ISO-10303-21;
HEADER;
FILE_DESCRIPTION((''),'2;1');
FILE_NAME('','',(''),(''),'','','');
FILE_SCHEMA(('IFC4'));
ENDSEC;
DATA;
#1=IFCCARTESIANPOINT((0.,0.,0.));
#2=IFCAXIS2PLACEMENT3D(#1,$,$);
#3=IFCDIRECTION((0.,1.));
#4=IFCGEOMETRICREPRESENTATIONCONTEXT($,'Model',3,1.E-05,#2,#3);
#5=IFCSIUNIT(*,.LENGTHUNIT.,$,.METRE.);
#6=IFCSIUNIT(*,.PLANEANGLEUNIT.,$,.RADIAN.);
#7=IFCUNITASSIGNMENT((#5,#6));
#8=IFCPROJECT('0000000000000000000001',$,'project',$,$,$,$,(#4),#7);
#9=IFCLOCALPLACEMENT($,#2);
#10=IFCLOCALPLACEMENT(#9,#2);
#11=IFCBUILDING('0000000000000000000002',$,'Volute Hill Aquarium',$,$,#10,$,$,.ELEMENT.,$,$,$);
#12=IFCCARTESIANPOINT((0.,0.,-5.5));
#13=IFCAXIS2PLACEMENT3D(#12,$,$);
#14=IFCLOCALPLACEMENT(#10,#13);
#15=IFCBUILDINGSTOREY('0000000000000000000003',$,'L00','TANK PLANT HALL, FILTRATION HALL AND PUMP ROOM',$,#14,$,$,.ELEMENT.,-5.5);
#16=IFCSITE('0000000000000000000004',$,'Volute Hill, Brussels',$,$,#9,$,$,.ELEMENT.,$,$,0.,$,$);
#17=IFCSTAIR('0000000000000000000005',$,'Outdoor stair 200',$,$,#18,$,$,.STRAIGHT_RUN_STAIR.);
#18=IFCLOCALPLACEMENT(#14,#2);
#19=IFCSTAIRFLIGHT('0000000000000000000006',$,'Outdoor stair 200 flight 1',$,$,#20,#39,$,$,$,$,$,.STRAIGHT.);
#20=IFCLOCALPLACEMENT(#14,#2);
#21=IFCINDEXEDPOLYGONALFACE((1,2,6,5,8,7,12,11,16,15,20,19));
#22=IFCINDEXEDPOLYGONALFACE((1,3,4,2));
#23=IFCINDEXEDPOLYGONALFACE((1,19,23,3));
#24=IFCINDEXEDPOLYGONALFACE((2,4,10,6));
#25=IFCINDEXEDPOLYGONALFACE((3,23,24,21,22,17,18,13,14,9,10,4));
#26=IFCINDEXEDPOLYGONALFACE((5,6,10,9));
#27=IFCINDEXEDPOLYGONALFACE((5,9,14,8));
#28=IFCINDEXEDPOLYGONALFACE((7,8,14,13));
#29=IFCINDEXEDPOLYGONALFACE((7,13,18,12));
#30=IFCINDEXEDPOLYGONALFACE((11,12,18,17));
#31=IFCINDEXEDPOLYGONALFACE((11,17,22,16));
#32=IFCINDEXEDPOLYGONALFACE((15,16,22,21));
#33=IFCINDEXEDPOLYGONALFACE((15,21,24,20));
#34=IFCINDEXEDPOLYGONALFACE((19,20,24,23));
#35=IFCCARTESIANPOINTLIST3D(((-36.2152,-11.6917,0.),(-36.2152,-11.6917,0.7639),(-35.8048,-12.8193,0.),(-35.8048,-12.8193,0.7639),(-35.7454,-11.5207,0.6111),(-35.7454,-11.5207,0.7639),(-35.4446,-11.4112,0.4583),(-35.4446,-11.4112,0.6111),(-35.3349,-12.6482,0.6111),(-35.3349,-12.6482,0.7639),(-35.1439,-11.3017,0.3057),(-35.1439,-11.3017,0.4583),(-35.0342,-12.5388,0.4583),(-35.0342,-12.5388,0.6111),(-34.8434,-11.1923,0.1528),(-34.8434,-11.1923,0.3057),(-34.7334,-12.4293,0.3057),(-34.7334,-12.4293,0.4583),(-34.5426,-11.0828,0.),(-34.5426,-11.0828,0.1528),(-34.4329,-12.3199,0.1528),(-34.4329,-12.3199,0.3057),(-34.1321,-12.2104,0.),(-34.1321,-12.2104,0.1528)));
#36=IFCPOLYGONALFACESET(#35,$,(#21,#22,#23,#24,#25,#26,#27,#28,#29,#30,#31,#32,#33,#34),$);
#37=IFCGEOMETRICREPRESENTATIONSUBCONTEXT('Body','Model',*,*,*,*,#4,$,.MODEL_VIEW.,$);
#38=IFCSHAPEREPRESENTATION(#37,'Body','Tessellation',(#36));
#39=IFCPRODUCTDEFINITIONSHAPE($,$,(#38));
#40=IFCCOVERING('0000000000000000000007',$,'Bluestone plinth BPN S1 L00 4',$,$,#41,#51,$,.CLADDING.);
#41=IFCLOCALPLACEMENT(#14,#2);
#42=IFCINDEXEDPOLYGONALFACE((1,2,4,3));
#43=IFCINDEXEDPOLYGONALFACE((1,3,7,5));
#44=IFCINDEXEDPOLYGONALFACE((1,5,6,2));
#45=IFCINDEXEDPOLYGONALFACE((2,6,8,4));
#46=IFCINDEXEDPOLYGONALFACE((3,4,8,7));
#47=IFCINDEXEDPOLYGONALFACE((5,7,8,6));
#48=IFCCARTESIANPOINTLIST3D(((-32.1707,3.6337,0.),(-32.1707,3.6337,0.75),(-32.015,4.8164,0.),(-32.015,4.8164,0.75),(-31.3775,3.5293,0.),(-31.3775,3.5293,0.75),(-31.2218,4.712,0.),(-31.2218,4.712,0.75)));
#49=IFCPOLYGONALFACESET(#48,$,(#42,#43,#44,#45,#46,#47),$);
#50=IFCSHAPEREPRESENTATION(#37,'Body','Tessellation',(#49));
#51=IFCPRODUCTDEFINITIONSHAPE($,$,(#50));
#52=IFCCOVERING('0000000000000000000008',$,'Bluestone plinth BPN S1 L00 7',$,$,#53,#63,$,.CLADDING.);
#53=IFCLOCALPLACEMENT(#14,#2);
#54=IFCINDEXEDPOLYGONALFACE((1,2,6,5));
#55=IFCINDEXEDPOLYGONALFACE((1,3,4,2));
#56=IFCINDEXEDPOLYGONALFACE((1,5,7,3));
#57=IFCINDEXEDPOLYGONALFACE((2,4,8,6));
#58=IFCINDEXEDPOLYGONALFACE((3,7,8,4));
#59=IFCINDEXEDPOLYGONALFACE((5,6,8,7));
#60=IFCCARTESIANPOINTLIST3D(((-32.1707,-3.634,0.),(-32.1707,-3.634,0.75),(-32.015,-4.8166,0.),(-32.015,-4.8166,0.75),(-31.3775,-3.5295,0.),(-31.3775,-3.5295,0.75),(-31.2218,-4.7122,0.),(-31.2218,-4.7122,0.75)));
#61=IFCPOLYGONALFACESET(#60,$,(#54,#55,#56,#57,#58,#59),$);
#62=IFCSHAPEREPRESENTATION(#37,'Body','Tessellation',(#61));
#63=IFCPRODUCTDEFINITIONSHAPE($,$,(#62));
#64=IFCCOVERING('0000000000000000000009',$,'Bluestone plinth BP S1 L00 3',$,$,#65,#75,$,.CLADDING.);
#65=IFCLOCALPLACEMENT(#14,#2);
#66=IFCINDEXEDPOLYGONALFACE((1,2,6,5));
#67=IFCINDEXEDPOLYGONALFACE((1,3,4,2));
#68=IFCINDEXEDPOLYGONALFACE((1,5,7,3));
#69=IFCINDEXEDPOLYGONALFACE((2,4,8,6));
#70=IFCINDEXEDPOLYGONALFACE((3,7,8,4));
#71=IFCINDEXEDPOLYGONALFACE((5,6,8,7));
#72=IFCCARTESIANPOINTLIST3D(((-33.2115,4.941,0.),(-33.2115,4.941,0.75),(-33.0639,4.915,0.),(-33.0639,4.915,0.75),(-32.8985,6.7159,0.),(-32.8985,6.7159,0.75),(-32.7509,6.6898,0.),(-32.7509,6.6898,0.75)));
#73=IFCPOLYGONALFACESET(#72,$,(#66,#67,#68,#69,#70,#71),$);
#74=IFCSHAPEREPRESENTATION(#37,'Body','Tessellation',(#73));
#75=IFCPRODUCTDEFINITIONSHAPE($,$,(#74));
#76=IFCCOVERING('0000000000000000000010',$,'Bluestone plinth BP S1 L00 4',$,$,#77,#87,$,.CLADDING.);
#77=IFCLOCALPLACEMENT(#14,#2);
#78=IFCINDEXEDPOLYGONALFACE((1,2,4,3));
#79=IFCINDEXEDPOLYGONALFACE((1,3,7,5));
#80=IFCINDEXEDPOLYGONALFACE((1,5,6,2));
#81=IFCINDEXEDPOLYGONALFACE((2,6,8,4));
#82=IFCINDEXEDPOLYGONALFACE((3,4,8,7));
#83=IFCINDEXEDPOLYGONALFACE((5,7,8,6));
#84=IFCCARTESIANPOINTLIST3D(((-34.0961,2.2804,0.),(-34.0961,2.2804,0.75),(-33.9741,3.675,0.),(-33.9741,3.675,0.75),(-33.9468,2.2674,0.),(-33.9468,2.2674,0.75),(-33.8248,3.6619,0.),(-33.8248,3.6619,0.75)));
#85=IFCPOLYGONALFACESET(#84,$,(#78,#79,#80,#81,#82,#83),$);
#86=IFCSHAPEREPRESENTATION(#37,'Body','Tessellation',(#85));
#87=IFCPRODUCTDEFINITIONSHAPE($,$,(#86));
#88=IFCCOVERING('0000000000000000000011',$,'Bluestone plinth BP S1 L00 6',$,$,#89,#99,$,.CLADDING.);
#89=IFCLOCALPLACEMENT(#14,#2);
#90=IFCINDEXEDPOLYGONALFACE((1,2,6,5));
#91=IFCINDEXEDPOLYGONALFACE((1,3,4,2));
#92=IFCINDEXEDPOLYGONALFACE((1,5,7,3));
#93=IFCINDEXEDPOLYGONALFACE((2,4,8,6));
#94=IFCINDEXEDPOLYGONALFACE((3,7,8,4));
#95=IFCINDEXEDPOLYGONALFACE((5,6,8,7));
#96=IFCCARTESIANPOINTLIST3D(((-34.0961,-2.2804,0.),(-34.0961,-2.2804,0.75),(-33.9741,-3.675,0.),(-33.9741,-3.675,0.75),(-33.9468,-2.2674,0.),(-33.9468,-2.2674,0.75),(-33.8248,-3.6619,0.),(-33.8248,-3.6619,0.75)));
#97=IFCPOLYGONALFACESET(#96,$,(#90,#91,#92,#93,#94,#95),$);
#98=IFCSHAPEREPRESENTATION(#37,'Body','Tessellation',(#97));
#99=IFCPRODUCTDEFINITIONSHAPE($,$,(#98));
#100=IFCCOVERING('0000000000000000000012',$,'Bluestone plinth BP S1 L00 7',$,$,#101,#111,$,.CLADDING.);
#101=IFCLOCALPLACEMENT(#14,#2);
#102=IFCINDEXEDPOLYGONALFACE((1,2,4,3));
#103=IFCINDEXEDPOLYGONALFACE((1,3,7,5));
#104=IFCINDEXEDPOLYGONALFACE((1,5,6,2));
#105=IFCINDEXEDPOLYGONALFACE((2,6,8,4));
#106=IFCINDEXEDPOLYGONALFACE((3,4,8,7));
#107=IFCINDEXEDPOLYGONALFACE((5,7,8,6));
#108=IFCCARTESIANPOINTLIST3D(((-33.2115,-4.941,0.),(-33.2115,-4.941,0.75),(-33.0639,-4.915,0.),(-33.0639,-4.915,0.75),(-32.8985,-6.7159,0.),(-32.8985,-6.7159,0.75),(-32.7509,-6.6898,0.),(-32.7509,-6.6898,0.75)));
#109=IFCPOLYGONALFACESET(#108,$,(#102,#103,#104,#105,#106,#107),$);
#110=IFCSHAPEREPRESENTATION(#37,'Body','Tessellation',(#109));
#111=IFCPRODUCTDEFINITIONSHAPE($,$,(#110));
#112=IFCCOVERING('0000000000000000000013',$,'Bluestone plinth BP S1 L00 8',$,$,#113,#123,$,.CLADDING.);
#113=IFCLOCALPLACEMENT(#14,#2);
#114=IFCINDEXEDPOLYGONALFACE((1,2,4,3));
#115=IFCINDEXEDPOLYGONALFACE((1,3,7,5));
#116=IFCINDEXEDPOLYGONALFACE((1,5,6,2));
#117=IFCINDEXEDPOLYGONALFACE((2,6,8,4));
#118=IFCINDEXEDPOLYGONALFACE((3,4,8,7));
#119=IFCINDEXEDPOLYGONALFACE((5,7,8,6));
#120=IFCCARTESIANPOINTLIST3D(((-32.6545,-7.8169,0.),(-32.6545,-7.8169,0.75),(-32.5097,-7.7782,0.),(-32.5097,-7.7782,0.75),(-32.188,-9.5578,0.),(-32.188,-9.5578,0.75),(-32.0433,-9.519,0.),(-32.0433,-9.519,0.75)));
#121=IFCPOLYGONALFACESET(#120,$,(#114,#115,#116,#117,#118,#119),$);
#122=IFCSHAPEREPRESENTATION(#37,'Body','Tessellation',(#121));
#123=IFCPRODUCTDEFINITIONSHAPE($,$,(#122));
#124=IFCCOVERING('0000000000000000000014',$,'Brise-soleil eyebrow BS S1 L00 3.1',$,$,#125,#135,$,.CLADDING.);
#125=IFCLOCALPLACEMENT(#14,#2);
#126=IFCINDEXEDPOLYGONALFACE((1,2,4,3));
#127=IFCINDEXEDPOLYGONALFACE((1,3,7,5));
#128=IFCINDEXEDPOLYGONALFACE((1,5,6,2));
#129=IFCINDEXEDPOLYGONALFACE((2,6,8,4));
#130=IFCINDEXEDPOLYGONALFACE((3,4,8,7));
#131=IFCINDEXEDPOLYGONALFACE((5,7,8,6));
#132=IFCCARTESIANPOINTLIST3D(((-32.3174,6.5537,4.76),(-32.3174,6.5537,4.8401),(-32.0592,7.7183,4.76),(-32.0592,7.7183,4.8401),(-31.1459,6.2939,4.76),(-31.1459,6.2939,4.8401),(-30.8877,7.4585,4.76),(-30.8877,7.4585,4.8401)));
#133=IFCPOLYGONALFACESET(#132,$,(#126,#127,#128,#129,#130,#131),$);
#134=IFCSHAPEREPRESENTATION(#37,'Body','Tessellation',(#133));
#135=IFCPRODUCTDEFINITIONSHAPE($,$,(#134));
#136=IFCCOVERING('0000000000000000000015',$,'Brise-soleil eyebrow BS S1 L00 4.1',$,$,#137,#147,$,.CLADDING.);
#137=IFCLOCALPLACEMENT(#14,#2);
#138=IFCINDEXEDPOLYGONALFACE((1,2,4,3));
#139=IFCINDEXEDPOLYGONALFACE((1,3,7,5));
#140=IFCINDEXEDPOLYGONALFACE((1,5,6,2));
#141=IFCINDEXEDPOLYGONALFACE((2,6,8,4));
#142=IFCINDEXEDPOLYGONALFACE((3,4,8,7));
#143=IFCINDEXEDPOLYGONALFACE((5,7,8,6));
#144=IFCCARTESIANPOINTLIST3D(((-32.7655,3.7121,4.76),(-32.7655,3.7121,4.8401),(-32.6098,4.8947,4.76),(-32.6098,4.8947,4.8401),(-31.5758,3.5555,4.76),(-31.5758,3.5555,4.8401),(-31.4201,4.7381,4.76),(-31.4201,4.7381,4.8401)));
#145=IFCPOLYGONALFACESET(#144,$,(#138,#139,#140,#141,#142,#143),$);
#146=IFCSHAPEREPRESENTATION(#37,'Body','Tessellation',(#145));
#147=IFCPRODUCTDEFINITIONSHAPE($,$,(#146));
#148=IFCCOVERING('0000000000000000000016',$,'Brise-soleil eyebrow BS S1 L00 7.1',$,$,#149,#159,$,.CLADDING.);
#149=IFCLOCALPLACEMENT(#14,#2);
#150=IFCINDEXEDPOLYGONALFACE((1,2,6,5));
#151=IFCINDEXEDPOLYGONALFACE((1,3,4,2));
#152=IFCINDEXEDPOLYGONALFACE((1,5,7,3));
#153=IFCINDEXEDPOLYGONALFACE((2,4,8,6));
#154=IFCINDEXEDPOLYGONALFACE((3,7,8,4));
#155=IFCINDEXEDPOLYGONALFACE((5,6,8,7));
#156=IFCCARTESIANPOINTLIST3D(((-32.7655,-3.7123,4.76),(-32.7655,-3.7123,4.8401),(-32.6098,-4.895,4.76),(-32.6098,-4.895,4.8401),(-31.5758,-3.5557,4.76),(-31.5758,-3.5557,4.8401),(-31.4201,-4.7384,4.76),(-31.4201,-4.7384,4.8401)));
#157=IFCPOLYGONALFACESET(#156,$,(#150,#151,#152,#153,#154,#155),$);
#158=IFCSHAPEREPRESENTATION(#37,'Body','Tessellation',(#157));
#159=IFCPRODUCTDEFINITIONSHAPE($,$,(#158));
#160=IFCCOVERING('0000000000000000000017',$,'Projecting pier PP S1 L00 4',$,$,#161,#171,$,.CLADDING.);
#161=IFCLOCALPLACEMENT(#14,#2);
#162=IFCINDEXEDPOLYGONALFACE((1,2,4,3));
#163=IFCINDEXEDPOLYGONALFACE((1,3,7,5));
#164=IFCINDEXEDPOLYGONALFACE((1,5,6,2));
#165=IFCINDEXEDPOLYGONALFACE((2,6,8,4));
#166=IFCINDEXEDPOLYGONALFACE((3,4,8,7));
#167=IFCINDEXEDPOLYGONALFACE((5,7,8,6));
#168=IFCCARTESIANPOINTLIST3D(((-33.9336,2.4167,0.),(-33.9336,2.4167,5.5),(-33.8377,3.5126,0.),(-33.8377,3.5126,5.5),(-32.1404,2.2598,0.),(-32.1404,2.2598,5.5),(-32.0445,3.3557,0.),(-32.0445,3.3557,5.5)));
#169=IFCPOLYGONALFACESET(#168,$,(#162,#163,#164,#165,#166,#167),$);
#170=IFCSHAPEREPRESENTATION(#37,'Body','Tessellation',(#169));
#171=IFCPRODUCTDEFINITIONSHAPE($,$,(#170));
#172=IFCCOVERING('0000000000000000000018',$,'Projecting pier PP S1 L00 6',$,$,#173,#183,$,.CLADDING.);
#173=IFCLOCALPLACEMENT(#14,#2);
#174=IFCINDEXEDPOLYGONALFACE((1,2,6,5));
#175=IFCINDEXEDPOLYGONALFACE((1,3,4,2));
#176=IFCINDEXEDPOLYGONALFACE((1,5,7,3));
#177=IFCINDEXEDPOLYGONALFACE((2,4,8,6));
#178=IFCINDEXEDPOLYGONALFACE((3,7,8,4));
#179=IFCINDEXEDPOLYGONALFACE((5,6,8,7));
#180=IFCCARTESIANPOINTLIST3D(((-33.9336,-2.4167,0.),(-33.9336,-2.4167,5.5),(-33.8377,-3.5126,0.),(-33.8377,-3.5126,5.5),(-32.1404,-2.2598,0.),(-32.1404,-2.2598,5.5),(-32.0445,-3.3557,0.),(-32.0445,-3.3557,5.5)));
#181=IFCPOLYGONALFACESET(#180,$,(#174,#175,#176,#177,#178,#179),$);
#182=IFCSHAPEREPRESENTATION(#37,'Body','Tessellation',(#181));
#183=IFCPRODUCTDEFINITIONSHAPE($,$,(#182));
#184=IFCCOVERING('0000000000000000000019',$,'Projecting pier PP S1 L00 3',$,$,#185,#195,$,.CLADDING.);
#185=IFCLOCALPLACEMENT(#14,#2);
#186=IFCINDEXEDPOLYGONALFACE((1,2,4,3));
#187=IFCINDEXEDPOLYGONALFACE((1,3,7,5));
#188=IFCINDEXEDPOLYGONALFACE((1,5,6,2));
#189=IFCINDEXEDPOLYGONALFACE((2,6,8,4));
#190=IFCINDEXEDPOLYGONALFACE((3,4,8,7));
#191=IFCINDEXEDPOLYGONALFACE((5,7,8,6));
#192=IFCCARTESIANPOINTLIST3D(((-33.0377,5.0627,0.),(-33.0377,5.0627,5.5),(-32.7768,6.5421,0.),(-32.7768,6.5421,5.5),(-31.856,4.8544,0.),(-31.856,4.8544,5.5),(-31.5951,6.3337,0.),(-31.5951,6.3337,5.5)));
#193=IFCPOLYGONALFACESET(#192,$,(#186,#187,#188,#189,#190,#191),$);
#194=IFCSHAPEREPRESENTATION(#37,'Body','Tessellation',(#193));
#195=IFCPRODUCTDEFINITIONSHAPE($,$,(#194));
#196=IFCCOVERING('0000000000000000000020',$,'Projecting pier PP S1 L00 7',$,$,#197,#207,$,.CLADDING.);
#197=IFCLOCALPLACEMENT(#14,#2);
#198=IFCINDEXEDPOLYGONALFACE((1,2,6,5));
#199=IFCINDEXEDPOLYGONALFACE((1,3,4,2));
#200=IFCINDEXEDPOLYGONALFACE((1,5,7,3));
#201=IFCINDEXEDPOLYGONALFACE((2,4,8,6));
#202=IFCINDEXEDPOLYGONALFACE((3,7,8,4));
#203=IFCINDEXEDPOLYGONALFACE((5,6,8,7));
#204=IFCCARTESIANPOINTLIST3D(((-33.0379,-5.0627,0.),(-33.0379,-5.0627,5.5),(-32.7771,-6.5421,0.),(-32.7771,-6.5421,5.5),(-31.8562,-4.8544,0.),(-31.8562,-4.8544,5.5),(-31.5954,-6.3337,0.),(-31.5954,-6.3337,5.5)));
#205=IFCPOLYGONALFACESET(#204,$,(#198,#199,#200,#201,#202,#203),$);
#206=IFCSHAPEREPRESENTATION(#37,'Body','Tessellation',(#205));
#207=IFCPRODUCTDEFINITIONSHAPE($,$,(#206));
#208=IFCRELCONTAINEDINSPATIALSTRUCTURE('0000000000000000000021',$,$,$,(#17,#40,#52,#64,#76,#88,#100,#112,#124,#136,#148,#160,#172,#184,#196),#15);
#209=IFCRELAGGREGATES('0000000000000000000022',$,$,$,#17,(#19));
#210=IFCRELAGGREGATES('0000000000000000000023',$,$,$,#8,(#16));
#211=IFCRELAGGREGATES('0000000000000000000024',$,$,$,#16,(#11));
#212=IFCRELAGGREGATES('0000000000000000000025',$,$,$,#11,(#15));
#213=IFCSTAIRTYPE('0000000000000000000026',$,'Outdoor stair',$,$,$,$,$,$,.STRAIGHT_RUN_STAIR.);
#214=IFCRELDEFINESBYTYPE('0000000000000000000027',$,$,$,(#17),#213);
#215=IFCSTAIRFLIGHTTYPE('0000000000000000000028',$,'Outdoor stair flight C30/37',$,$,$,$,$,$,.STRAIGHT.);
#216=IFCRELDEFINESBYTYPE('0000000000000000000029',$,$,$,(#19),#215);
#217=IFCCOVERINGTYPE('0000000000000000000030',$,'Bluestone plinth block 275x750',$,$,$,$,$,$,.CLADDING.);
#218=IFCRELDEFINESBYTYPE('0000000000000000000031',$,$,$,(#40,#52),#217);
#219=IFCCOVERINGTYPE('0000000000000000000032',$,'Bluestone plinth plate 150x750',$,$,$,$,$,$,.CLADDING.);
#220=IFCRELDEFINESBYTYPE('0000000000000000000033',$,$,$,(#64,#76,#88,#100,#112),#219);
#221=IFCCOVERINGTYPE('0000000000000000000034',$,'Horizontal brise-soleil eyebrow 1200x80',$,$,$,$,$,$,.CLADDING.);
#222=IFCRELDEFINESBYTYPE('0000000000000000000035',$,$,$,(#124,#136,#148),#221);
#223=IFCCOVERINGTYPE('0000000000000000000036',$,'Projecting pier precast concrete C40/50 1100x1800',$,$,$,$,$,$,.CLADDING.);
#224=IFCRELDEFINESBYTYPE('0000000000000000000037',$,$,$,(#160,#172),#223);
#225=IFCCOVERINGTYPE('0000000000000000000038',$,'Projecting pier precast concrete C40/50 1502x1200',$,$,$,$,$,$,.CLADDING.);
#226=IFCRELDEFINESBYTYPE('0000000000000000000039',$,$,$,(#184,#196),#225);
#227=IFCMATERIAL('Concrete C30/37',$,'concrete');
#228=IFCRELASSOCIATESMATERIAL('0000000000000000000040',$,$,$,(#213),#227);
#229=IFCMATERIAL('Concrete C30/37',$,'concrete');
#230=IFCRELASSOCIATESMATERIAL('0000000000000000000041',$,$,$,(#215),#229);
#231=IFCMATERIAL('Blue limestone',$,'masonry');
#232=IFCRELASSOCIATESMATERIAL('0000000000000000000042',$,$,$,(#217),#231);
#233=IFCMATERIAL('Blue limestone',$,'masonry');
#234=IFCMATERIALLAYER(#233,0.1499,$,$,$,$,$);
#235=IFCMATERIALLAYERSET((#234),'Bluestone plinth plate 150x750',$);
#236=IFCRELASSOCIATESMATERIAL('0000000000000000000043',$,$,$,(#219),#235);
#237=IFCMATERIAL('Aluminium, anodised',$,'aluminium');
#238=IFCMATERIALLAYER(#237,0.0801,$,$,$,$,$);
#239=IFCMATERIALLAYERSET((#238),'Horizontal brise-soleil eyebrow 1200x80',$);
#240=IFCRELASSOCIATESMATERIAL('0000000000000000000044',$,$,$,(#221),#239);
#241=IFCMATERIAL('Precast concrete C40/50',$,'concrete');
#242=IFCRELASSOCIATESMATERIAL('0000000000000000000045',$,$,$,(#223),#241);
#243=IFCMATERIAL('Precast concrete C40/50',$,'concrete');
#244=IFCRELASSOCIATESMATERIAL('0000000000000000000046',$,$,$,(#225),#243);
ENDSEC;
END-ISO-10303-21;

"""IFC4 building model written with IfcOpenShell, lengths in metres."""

from ifc_helpers import new_model, si_unit, direction, frame, origin, origin_2d, place, context, subcontext, project, spatial, polyline, rectangle, outline, extrude, material, layer, layer_set, type_object, element, aggregate, save


model = new_model("IFC4")

# Units and contexts
model_context = context("Model", 3, precision=1e-05, world=origin(), true_north=direction((0.0, 1.0)))
body_context = subcontext(model_context, "Body", "Model", "MODEL_VIEW")
ifc_project = project(units=[si_unit("LENGTHUNIT", "METRE"), si_unit("PLANEANGLEUNIT", "RADIAN")], contexts=[model_context])

# Site, building, storey
site_placement = place(None, origin())
site = spatial("IfcSite", under=ifc_project, at=site_placement, Name="Volute Hill, Brussels", CompositionType="ELEMENT", RefElevation=0.0)
building_placement = place(site_placement, origin())
building = spatial("IfcBuilding", under=site, at=building_placement, Name="Volute Hill Aquarium", CompositionType="ELEMENT")
storey_placement = place(building_placement, frame((0.0, 0.0, -5.5)))
storey = spatial("IfcBuildingStorey", under=building, at=storey_placement, Name="L00", Description="TANK PLANT HALL, FILTRATION HALL AND PUMP ROOM", CompositionType="ELEMENT", Elevation=-5.5)

# Stair, stair flight
ifc_material_1 = material(Name="Concrete C30/37", Category="concrete")
stair_type = type_object("IfcStairType", Name="Outdoor stair", PredefinedType="STRAIGHT_RUN_STAIR", material=ifc_material_1)
stair_placement = place(storey_placement, origin())
stair = element("IfcStair", 1, at=stair_placement, inside=storey, type_object=stair_type, Name="Outdoor stair 200", PredefinedType="STRAIGHT_RUN_STAIR")
ifc_material_2 = material(Name="Concrete C30/37", Category="concrete")
stair_flight_type = type_object("IfcStairFlightType", Name="Outdoor stair flight C30/37", PredefinedType="STRAIGHT", material=ifc_material_2)
stair_flight_placement = place(storey_placement, frame((-34.3374, -11.6465, 0.0), z_axis=(0.0, 0.0, 1.0), x_axis=(-0.939673, -0.342073, 0.0)))
stair_flight = element("IfcStairFlight", 2, at=stair_flight_placement, type_object=stair_flight_type, Name="Outdoor stair 200 flight 1", PredefinedType="STRAIGHT", context=body_context, shape_type="SweptSolid", body=[
    extrude(outline(polyline([(0.0, 0.0), (1.78, 0.0), (1.78, 0.7639), (1.28, 0.7639), (1.28, 0.6111), (0.96, 0.6111), (0.96, 0.4583), (0.6399, 0.4583), (0.6399, 0.3057), (0.3201, 0.3057), (0.3201, 0.1528), (0.0, 0.1528), (0.0, 0.0), (0.0, 0.0)])), frame((0.0, 0.6001, 0.0), z_axis=(0.0, -1.0, 0.0), x_axis=(1.0, 0.0, 0.0)), (0.0, 0.0, 1.0), 1.2),
])
aggregate(stair, [stair_flight])

# Coverings
ifc_material_3 = material(Name="Blue limestone", Category="masonry")
covering_type_1 = type_object("IfcCoveringType", Name="Bluestone plinth block 275x750", PredefinedType="CLADDING", material=ifc_material_3)
for number, where, z_axis, x_axis, name in (
    (3, (-31.6963, 4.1729, 0.0), (0.0, 0.0, 1.0), (-0.130527, -0.991445, 0.0), "Bluestone plinth BPN S1 L00 4"),
    (4, (-31.6963, -4.1731, 0.0), (0.0, 0.0, 1.0), (0.130527, -0.991445, 0.0), "Bluestone plinth BPN S1 L00 7"),
):
    element("IfcCovering", number, at=place(storey_placement, frame(where, z_axis=z_axis, x_axis=x_axis)), inside=storey, type_object=covering_type_1, Name=name, PredefinedType="CLADDING", context=body_context, shape_type="SweptSolid", body=[
        extrude(rectangle(XDim=1.1929, YDim=0.8, at=origin_2d()), origin(), (0.0, 0.0, 1.0), 0.75),
    ])
ifc_material_4 = material(Name="Blue limestone", Category="masonry")
ifc_layer_1 = layer(ifc_material_4, 0.1499)
ifc_layer_set_1 = layer_set([ifc_layer_1], Name="Bluestone plinth plate 150x750")
covering_type_2 = type_object("IfcCoveringType", Name="Bluestone plinth plate 150x750", PredefinedType="CLADDING", material=ifc_layer_set_1)
covering_1_placement = place(storey_placement, frame((-32.9812, 5.8154, 0.0), z_axis=(0.0, 0.0, 1.0), x_axis=(-0.173648, -0.984808, 0.0)))
element("IfcCovering", 5, at=covering_1_placement, inside=storey, type_object=covering_type_2, Name="Bluestone plinth BP S1 L00 3", PredefinedType="CLADDING", context=body_context, shape_type="SweptSolid", body=[
    extrude(rectangle(XDim=1.8022, YDim=0.1499, at=origin_2d()), origin(), (0.0, 0.0, 1.0), 0.75),
])
for number, where, z_axis, x_axis, name in (
    (6, (-33.9604, 2.9712, 0.0), (0.0, 0.0, 1.0), (-0.087156, -0.996195, 0.0), "Bluestone plinth BP S1 L00 4"),
    (7, (-33.9604, -2.9712, 0.0), (0.0, 0.0, 1.0), (0.087156, -0.996195, 0.0), "Bluestone plinth BP S1 L00 6"),
):
    element("IfcCovering", number, at=place(storey_placement, frame(where, z_axis=z_axis, x_axis=x_axis)), inside=storey, type_object=covering_type_2, Name=name, PredefinedType="CLADDING", context=body_context, shape_type="SweptSolid", body=[
        extrude(rectangle(XDim=1.3999, YDim=0.1499, at=origin_2d()), origin(), (0.0, 0.0, 1.0), 0.75),
    ])
for number, where, z_axis, x_axis, name in (
    (8, (-32.9812, -5.8154, 0.0), (0.0, 0.0, 1.0), (0.173648, -0.984808, 0.0), "Bluestone plinth BP S1 L00 7"),
    (9, (-32.3489, -8.668, 0.0), (0.0, 0.0, 1.0), (0.258819, -0.965926, 0.0), "Bluestone plinth BP S1 L00 8"),
):
    element("IfcCovering", number, at=place(storey_placement, frame(where, z_axis=z_axis, x_axis=x_axis)), inside=storey, type_object=covering_type_2, Name=name, PredefinedType="CLADDING", context=body_context, shape_type="SweptSolid", body=[
        extrude(rectangle(XDim=1.8022, YDim=0.1499, at=origin_2d()), origin(), (0.0, 0.0, 1.0), 0.75),
    ])
ifc_material_5 = material(Name="Aluminium, anodised", Category="aluminium")
ifc_layer_2 = layer(ifc_material_5, 0.0801)
ifc_layer_set_2 = layer_set([ifc_layer_2], Name="Horizontal brise-soleil eyebrow 1200x80")
covering_type_3 = type_object("IfcCoveringType", Name="Horizontal brise-soleil eyebrow 1200x80", PredefinedType="CLADDING", material=ifc_layer_set_2)
for number, where, z_axis, x_axis, name in (
    (10, (-31.6025, 7.0061, 4.76), (0.0, 0.0, 1.0), (-0.216461, -0.976291, 0.0), "Brise-soleil eyebrow BS S1 L00 3.1"),
    (11, (-32.0928, 4.2251, 4.76), (0.0, 0.0, 1.0), (-0.130527, -0.991445, 0.0), "Brise-soleil eyebrow BS S1 L00 4.1"),
    (12, (-32.0928, -4.2253, 4.76), (0.0, 0.0, 1.0), (0.130527, -0.991445, 0.0), "Brise-soleil eyebrow BS S1 L00 7.1"),
):
    element("IfcCovering", number, at=place(storey_placement, frame(where, z_axis=z_axis, x_axis=x_axis)), inside=storey, type_object=covering_type_3, Name=name, PredefinedType="CLADDING", context=body_context, shape_type="SweptSolid", body=[
        extrude(rectangle(XDim=1.1929, YDim=1.2, at=origin_2d()), origin(), (0.0, 0.0, 1.0), 0.0801),
    ])
ifc_material_6 = material(Name="Precast concrete C40/50", Category="concrete")
covering_type_4 = type_object("IfcCoveringType", Name="Projecting pier precast concrete C40/50 1100x1800", PredefinedType="CLADDING", material=ifc_material_6)
for number, where, z_axis, x_axis, name in (
    (13, (-32.989, 2.8862, 0.0), (0.0, 0.0, 1.0), (-0.087156, -0.996195, 0.0), "Projecting pier PP S1 L00 4"),
    (14, (-32.989, -2.8862, 0.0), (0.0, 0.0, 1.0), (0.087156, -0.996195, 0.0), "Projecting pier PP S1 L00 6"),
):
    element("IfcCovering", number, at=place(storey_placement, frame(where, z_axis=z_axis, x_axis=x_axis)), inside=storey, type_object=covering_type_4, Name=name, PredefinedType="CLADDING", context=body_context, shape_type="SweptSolid", body=[
        extrude(rectangle(XDim=1.1001, YDim=1.8, at=origin_2d()), origin(), (0.0, 0.0, 1.0), 5.5),
    ])
ifc_material_7 = material(Name="Precast concrete C40/50", Category="concrete")
covering_type_5 = type_object("IfcCoveringType", Name="Projecting pier precast concrete C40/50 1502x1200", PredefinedType="CLADDING", material=ifc_material_7)
for number, where, z_axis, x_axis, name in (
    (15, (-32.3164, 5.6982, 0.0), (0.0, 0.0, 1.0), (-0.173648, -0.984808, 0.0), "Projecting pier PP S1 L00 3"),
    (16, (-32.3167, -5.6982, 0.0), (0.0, 0.0, 1.0), (0.173648, -0.984808, 0.0), "Projecting pier PP S1 L00 7"),
):
    element("IfcCovering", number, at=place(storey_placement, frame(where, z_axis=z_axis, x_axis=x_axis)), inside=storey, type_object=covering_type_5, Name=name, PredefinedType="CLADDING", context=body_context, shape_type="SweptSolid", body=[
        extrude(rectangle(XDim=1.5022, YDim=1.2, at=origin_2d()), origin(), (0.0, 0.0, 1.0), 5.5),
    ])

save(model, "model.ifc")
